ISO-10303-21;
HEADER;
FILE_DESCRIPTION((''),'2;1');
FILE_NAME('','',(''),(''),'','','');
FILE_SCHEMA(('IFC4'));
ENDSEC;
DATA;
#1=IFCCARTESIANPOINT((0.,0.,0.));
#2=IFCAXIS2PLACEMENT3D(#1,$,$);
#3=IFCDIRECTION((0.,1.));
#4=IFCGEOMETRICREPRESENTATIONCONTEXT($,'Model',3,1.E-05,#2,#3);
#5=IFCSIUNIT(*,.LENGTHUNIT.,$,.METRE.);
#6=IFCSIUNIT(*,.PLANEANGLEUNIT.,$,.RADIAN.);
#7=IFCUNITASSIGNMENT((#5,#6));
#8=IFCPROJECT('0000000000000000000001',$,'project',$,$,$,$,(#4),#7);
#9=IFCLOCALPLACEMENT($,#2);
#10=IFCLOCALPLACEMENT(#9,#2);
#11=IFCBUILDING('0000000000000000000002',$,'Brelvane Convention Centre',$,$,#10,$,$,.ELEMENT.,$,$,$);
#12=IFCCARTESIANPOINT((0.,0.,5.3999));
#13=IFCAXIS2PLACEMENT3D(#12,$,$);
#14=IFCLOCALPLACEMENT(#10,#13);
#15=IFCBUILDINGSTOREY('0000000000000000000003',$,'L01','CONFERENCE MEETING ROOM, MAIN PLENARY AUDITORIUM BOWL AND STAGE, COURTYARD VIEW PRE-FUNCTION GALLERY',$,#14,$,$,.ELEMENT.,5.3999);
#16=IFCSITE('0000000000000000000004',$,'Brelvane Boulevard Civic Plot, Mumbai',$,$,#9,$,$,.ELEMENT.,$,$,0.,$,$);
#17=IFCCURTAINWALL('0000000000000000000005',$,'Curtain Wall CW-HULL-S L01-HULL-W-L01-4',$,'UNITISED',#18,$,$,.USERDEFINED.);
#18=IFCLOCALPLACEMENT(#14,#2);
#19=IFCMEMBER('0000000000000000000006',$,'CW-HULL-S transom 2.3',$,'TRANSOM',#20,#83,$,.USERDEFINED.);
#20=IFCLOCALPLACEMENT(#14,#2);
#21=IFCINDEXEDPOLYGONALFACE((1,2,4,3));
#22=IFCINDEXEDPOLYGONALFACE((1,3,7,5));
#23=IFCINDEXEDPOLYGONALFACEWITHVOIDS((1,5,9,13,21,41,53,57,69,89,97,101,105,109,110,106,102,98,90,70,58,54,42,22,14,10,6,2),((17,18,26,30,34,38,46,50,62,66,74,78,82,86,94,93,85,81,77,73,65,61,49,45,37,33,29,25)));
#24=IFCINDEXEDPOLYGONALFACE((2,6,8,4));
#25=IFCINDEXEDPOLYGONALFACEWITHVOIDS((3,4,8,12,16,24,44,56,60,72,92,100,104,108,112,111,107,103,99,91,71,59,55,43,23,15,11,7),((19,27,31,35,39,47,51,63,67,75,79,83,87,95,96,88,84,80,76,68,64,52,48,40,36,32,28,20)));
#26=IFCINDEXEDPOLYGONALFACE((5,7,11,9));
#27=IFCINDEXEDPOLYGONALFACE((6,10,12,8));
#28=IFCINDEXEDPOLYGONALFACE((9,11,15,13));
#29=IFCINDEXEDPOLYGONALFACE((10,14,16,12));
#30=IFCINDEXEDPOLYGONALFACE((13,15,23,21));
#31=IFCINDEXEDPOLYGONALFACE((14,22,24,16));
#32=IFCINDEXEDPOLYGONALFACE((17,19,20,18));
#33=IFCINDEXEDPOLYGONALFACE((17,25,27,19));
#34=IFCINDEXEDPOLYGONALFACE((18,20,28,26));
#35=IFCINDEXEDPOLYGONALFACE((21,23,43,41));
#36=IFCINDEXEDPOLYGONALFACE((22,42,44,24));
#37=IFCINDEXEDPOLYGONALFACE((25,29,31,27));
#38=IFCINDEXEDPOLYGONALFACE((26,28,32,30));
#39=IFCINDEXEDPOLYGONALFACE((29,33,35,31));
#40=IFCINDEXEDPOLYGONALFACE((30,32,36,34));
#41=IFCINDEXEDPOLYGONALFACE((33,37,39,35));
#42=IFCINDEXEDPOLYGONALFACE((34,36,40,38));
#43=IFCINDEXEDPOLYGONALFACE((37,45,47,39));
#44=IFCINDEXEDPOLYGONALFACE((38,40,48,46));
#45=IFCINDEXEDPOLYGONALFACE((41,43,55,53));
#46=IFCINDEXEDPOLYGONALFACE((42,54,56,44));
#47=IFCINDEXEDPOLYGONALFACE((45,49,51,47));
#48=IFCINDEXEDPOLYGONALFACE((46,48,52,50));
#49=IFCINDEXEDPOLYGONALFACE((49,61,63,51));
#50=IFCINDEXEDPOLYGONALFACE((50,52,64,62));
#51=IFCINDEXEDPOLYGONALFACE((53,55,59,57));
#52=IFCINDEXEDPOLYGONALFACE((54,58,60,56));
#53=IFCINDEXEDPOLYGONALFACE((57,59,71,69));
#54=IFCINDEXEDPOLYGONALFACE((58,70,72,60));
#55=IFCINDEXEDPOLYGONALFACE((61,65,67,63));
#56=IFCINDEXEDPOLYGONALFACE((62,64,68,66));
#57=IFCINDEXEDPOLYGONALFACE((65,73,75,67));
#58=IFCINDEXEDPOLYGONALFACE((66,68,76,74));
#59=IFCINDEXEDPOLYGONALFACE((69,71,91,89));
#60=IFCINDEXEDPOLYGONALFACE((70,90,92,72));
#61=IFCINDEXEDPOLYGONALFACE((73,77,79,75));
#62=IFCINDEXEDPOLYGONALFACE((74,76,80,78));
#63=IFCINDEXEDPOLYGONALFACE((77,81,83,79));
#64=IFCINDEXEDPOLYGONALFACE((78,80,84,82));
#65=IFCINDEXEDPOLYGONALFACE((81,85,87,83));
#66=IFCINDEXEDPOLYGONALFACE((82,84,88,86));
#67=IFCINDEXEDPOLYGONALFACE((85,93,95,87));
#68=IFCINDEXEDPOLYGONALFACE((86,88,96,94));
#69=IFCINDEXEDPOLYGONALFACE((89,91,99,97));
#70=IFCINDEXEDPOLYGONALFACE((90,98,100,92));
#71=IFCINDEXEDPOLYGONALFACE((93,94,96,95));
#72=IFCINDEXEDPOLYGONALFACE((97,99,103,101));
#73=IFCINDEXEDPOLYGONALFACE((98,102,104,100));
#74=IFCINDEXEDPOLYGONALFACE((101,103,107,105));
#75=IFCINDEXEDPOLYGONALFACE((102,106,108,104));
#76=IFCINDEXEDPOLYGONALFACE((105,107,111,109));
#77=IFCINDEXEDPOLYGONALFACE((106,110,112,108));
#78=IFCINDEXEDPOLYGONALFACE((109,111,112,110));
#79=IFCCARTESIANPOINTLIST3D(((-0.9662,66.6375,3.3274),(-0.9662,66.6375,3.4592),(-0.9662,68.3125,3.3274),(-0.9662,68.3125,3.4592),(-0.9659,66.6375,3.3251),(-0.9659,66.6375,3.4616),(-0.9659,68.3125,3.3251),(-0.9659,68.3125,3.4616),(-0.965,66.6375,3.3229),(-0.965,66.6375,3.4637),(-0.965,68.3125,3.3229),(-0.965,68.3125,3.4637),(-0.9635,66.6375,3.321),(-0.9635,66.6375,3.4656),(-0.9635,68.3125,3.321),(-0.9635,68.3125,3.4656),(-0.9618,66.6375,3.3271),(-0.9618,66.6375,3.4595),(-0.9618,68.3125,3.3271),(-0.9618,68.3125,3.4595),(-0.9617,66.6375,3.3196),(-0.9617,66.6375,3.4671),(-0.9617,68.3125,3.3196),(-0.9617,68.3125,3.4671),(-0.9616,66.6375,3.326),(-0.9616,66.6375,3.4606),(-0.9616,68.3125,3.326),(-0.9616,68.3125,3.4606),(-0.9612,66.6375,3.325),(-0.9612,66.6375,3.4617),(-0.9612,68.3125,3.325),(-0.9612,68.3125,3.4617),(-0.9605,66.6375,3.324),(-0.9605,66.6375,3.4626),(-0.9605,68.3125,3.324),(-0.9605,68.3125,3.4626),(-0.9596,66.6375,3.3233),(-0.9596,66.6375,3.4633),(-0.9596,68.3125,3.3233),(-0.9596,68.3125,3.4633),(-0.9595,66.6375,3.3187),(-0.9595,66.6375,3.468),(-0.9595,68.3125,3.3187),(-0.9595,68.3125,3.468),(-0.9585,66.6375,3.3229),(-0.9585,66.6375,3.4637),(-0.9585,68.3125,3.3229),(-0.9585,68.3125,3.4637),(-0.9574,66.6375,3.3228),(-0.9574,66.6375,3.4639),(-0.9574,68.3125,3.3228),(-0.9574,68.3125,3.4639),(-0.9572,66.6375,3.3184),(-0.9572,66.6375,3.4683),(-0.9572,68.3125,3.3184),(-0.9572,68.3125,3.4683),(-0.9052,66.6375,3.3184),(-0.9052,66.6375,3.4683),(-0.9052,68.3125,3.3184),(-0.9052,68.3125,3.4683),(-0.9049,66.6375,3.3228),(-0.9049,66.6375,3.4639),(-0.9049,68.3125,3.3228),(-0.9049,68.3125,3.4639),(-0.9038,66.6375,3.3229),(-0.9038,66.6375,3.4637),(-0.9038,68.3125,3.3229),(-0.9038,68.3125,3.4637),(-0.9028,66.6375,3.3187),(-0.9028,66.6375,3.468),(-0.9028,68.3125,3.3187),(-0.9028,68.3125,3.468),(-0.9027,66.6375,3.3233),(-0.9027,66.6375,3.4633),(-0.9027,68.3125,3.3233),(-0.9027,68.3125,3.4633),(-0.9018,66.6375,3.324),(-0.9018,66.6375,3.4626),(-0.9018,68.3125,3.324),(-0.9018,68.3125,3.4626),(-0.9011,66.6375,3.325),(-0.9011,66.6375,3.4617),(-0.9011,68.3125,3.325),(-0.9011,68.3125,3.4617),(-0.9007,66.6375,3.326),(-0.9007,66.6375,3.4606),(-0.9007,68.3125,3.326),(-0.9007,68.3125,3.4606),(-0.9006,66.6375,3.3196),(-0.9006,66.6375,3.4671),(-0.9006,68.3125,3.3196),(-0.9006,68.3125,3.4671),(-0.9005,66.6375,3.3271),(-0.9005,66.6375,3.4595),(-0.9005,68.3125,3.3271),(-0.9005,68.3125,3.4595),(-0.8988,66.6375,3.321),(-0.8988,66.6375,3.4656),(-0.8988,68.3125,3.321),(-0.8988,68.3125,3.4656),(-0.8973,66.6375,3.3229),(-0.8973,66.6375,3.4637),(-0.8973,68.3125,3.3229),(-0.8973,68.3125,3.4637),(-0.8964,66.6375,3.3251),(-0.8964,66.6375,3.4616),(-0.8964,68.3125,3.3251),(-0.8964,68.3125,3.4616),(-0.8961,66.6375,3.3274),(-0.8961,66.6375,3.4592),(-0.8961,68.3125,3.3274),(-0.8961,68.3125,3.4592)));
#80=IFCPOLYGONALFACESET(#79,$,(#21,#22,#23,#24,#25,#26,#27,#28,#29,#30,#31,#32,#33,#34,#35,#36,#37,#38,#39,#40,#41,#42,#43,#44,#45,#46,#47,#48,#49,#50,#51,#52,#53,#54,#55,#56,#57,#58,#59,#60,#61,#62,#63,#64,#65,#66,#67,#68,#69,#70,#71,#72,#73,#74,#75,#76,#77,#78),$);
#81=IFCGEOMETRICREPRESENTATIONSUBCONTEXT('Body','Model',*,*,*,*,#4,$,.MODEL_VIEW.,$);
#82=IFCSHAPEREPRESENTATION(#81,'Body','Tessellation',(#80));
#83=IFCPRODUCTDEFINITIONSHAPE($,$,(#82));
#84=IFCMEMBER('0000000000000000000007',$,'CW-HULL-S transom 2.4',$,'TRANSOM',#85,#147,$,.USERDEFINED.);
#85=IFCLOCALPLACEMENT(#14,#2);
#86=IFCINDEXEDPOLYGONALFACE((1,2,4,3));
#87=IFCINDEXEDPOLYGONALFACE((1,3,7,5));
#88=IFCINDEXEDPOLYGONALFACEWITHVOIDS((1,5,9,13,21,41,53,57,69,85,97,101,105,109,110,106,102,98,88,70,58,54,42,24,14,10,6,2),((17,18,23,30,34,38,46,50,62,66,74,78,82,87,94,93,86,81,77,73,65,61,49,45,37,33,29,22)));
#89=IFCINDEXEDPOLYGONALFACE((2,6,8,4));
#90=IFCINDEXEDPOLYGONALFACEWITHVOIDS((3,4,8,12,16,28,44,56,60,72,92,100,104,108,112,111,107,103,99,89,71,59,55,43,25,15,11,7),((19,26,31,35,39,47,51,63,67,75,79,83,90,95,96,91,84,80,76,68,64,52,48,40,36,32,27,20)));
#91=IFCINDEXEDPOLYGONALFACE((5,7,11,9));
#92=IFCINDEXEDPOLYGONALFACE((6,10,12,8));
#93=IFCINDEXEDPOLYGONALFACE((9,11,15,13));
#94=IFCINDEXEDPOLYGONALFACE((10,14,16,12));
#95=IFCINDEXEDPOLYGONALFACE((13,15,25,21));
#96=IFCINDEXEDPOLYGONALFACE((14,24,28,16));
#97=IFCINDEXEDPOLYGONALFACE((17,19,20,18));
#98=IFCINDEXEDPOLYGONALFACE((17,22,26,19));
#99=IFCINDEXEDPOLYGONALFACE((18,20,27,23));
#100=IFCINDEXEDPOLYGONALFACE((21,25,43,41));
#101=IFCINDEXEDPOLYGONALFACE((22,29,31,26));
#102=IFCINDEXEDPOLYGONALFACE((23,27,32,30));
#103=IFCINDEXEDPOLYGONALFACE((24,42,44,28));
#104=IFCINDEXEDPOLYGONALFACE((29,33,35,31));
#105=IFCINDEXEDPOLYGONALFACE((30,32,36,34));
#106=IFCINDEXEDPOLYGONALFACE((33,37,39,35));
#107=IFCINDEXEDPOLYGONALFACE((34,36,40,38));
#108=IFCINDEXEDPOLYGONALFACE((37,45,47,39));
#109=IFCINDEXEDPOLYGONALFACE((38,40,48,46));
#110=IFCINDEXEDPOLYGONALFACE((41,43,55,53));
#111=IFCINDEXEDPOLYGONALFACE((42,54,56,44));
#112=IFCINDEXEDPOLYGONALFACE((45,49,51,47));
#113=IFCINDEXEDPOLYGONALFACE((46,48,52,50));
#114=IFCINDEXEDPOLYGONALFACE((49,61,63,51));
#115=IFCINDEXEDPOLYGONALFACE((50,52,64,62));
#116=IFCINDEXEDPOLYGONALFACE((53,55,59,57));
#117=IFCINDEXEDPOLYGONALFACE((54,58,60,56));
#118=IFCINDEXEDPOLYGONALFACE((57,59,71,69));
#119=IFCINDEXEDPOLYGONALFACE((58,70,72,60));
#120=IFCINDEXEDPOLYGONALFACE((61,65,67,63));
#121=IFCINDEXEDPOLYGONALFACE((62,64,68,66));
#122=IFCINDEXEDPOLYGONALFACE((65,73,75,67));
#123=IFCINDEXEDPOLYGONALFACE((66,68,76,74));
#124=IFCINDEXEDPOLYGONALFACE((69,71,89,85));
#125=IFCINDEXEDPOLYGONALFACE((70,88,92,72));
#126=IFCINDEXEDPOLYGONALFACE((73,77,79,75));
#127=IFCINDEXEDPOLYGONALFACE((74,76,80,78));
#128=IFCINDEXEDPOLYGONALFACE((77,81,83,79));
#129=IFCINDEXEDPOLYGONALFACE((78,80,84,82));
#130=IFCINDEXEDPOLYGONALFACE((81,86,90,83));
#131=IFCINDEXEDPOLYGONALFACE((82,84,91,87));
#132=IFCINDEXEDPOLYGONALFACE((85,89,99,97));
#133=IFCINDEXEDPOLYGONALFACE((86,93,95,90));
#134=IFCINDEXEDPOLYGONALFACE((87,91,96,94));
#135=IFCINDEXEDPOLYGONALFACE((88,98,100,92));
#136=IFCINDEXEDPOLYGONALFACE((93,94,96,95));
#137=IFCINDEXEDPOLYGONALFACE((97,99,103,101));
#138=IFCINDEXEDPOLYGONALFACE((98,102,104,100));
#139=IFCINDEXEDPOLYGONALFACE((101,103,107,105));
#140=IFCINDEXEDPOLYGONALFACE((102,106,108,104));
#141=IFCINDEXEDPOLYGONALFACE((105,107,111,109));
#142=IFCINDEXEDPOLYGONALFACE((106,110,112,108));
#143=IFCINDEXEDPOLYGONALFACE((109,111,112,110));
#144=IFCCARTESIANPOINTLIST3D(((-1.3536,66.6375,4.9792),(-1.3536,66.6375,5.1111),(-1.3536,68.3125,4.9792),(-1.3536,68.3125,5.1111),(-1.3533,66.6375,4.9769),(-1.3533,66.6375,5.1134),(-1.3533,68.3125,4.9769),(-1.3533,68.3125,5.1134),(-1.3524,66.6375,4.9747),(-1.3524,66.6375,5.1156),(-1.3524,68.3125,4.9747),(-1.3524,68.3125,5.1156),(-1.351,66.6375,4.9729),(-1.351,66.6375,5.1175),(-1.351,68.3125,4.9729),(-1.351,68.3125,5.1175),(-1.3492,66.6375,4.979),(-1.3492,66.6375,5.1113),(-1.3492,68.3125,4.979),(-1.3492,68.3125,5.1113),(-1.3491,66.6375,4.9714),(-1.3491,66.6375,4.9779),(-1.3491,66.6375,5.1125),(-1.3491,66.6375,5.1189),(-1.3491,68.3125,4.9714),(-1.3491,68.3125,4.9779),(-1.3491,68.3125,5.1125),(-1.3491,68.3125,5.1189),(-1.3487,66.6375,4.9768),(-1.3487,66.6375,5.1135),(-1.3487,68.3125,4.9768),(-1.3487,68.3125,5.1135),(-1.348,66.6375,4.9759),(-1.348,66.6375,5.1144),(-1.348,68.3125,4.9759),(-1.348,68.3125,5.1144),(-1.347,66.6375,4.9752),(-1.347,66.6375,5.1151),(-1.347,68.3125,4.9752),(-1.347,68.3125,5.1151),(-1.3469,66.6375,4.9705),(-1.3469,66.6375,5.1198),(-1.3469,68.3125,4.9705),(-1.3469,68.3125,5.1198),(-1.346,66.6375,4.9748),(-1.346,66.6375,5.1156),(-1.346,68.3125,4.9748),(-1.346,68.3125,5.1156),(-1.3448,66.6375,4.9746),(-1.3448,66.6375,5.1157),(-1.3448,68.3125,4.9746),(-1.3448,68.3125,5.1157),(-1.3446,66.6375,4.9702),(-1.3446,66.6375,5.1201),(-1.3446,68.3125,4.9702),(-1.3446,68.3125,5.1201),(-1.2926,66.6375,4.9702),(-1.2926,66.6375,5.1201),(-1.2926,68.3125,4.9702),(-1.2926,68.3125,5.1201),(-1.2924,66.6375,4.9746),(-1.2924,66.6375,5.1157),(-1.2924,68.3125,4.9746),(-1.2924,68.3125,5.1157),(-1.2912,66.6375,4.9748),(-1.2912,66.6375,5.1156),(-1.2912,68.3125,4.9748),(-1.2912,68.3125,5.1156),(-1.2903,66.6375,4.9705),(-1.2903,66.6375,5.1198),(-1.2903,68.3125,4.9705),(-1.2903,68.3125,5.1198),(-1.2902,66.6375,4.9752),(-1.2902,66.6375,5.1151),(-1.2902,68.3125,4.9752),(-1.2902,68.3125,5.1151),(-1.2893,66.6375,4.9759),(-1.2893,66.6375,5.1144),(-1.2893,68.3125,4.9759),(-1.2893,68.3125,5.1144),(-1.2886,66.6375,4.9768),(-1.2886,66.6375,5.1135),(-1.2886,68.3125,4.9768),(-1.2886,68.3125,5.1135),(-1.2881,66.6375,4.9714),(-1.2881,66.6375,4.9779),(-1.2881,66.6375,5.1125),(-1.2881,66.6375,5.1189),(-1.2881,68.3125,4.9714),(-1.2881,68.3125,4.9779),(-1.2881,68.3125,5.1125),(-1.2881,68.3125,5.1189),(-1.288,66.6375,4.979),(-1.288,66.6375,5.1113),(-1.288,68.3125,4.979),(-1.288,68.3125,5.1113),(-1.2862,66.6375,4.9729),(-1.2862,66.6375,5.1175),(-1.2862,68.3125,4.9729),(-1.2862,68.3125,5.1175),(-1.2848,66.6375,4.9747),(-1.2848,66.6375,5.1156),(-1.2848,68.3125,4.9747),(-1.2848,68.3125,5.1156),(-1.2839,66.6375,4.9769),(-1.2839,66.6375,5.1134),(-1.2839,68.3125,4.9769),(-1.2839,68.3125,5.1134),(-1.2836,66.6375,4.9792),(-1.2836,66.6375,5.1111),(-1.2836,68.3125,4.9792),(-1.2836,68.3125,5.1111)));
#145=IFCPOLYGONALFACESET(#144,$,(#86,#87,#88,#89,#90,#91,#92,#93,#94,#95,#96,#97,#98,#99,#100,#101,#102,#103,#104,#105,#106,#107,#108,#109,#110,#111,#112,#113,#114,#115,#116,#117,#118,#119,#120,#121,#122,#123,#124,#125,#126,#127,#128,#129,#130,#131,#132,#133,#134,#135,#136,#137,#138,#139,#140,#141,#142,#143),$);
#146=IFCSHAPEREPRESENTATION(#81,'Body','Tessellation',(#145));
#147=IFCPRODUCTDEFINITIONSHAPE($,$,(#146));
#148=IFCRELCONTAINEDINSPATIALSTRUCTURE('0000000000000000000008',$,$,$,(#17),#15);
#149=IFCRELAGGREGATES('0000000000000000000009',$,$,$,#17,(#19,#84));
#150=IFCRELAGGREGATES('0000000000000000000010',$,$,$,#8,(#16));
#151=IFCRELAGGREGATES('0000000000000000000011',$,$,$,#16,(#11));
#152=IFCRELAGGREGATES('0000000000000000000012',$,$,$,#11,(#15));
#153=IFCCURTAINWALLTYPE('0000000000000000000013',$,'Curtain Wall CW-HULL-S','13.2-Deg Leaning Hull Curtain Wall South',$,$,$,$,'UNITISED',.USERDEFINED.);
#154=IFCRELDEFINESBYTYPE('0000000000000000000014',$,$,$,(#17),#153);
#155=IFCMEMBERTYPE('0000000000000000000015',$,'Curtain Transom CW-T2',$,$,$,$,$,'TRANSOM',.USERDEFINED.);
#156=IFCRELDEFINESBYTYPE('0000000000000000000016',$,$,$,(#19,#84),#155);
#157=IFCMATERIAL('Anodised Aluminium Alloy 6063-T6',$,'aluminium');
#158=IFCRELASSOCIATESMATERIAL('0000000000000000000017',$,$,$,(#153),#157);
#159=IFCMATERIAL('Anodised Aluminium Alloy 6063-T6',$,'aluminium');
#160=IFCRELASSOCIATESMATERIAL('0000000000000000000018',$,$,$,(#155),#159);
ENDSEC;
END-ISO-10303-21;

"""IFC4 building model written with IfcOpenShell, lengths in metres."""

from ifc_helpers import new_model, si_unit, direction, frame, origin, origin_2d, place, context, subcontext, project, spatial, hollow_rectangle, extrude, material, material_profile, profile_set, type_object, element, aggregate, save


model = new_model("IFC4")

# Units and contexts
model_context = context("Model", 3, precision=1e-05, world=origin(), true_north=direction((0.0, 1.0)))
body_context = subcontext(model_context, "Body", "Model", "MODEL_VIEW")
ifc_project = project(units=[si_unit("LENGTHUNIT", "METRE"), si_unit("PLANEANGLEUNIT", "RADIAN")], contexts=[model_context])

# Site, building, storey
site_placement = place(None, origin())
site = spatial("IfcSite", under=ifc_project, at=site_placement, Name="Brelvane Boulevard Civic Plot, Mumbai", CompositionType="ELEMENT", RefElevation=0.0)
building_placement = place(site_placement, origin())
building = spatial("IfcBuilding", under=site, at=building_placement, Name="Brelvane Convention Centre", CompositionType="ELEMENT")
storey_placement = place(building_placement, frame((0.0, 0.0, 5.3999)))
storey = spatial("IfcBuildingStorey", under=building, at=storey_placement, Name="L01", Description="CONFERENCE MEETING ROOM, MAIN PLENARY AUDITORIUM BOWL AND STAGE, COURTYARD VIEW PRE-FUNCTION GALLERY", CompositionType="ELEMENT", Elevation=5.3999)

# Curtain wall, members
ifc_material_1 = material(Name="Anodised Aluminium Alloy 6063-T6", Category="aluminium")
curtain_wall_type = type_object("IfcCurtainWallType", Name="Curtain Wall CW-HULL-S", Description="13.2-Deg Leaning Hull Curtain Wall South", ElementType="UNITISED", PredefinedType="USERDEFINED", material=ifc_material_1)
curtain_wall_placement = place(storey_placement, origin())
curtain_wall = element("IfcCurtainWall", 1, at=curtain_wall_placement, inside=storey, type_object=curtain_wall_type, Name="Curtain Wall CW-HULL-S L01-HULL-W-L01-4", ObjectType="UNITISED", PredefinedType="USERDEFINED")
ifc_material_2 = material(Name="Anodised Aluminium Alloy 6063-T6", Category="aluminium")
ifc_material_profile_1 = material_profile(ifc_material_2, hollow_rectangle(XDim=0.0701, YDim=0.1499, WallThickness=0.0044, InnerFilletRadius=0.0044, OuterFilletRadius=0.009, at=origin_2d()), Name="ALU-T 150x70x4.5")
ifc_profile_set_1 = profile_set([ifc_material_profile_1], Name="Anodised Aluminium Alloy 6063-T6")
member_type_1 = type_object("IfcMemberType", Name="Curtain Transom CW-T2", ElementType="TRANSOM", PredefinedType="USERDEFINED", material=ifc_profile_set_1)
member_1_placement = place(storey_placement, frame((-0.9312, 66.6375, 3.3933), z_axis=(0.0, 1.0, 0.0), x_axis=(-1.0, 0.0, 0.0)))
member_1 = element("IfcMember", 2, at=member_1_placement, type_object=member_type_1, Name="CW-HULL-S transom 2.3", ObjectType="TRANSOM", PredefinedType="USERDEFINED", context=body_context, shape_type="SweptSolid", body=[
    extrude(hollow_rectangle(XDim=0.0701, YDim=0.1499, WallThickness=0.0044, InnerFilletRadius=0.0044, OuterFilletRadius=0.009, at=origin_2d()), origin(), (0.0, 0.0, 1.0), 1.675),
])
member_2_placement = place(storey_placement, frame((-1.3186, 66.6375, 5.0452), z_axis=(0.0, 1.0, 0.0), x_axis=(-1.0, 0.0, 0.0)))
member_2 = element("IfcMember", 3, at=member_2_placement, type_object=member_type_1, Name="CW-HULL-S transom 2.4", ObjectType="TRANSOM", PredefinedType="USERDEFINED", context=body_context, shape_type="SweptSolid", body=[
    extrude(hollow_rectangle(XDim=0.0701, YDim=0.1499, WallThickness=0.0044, InnerFilletRadius=0.0044, OuterFilletRadius=0.009, at=origin_2d()), origin(), (0.0, 0.0, 1.0), 1.675),
])
aggregate(curtain_wall, [member_1, member_2])

save(model, "model.ifc")
